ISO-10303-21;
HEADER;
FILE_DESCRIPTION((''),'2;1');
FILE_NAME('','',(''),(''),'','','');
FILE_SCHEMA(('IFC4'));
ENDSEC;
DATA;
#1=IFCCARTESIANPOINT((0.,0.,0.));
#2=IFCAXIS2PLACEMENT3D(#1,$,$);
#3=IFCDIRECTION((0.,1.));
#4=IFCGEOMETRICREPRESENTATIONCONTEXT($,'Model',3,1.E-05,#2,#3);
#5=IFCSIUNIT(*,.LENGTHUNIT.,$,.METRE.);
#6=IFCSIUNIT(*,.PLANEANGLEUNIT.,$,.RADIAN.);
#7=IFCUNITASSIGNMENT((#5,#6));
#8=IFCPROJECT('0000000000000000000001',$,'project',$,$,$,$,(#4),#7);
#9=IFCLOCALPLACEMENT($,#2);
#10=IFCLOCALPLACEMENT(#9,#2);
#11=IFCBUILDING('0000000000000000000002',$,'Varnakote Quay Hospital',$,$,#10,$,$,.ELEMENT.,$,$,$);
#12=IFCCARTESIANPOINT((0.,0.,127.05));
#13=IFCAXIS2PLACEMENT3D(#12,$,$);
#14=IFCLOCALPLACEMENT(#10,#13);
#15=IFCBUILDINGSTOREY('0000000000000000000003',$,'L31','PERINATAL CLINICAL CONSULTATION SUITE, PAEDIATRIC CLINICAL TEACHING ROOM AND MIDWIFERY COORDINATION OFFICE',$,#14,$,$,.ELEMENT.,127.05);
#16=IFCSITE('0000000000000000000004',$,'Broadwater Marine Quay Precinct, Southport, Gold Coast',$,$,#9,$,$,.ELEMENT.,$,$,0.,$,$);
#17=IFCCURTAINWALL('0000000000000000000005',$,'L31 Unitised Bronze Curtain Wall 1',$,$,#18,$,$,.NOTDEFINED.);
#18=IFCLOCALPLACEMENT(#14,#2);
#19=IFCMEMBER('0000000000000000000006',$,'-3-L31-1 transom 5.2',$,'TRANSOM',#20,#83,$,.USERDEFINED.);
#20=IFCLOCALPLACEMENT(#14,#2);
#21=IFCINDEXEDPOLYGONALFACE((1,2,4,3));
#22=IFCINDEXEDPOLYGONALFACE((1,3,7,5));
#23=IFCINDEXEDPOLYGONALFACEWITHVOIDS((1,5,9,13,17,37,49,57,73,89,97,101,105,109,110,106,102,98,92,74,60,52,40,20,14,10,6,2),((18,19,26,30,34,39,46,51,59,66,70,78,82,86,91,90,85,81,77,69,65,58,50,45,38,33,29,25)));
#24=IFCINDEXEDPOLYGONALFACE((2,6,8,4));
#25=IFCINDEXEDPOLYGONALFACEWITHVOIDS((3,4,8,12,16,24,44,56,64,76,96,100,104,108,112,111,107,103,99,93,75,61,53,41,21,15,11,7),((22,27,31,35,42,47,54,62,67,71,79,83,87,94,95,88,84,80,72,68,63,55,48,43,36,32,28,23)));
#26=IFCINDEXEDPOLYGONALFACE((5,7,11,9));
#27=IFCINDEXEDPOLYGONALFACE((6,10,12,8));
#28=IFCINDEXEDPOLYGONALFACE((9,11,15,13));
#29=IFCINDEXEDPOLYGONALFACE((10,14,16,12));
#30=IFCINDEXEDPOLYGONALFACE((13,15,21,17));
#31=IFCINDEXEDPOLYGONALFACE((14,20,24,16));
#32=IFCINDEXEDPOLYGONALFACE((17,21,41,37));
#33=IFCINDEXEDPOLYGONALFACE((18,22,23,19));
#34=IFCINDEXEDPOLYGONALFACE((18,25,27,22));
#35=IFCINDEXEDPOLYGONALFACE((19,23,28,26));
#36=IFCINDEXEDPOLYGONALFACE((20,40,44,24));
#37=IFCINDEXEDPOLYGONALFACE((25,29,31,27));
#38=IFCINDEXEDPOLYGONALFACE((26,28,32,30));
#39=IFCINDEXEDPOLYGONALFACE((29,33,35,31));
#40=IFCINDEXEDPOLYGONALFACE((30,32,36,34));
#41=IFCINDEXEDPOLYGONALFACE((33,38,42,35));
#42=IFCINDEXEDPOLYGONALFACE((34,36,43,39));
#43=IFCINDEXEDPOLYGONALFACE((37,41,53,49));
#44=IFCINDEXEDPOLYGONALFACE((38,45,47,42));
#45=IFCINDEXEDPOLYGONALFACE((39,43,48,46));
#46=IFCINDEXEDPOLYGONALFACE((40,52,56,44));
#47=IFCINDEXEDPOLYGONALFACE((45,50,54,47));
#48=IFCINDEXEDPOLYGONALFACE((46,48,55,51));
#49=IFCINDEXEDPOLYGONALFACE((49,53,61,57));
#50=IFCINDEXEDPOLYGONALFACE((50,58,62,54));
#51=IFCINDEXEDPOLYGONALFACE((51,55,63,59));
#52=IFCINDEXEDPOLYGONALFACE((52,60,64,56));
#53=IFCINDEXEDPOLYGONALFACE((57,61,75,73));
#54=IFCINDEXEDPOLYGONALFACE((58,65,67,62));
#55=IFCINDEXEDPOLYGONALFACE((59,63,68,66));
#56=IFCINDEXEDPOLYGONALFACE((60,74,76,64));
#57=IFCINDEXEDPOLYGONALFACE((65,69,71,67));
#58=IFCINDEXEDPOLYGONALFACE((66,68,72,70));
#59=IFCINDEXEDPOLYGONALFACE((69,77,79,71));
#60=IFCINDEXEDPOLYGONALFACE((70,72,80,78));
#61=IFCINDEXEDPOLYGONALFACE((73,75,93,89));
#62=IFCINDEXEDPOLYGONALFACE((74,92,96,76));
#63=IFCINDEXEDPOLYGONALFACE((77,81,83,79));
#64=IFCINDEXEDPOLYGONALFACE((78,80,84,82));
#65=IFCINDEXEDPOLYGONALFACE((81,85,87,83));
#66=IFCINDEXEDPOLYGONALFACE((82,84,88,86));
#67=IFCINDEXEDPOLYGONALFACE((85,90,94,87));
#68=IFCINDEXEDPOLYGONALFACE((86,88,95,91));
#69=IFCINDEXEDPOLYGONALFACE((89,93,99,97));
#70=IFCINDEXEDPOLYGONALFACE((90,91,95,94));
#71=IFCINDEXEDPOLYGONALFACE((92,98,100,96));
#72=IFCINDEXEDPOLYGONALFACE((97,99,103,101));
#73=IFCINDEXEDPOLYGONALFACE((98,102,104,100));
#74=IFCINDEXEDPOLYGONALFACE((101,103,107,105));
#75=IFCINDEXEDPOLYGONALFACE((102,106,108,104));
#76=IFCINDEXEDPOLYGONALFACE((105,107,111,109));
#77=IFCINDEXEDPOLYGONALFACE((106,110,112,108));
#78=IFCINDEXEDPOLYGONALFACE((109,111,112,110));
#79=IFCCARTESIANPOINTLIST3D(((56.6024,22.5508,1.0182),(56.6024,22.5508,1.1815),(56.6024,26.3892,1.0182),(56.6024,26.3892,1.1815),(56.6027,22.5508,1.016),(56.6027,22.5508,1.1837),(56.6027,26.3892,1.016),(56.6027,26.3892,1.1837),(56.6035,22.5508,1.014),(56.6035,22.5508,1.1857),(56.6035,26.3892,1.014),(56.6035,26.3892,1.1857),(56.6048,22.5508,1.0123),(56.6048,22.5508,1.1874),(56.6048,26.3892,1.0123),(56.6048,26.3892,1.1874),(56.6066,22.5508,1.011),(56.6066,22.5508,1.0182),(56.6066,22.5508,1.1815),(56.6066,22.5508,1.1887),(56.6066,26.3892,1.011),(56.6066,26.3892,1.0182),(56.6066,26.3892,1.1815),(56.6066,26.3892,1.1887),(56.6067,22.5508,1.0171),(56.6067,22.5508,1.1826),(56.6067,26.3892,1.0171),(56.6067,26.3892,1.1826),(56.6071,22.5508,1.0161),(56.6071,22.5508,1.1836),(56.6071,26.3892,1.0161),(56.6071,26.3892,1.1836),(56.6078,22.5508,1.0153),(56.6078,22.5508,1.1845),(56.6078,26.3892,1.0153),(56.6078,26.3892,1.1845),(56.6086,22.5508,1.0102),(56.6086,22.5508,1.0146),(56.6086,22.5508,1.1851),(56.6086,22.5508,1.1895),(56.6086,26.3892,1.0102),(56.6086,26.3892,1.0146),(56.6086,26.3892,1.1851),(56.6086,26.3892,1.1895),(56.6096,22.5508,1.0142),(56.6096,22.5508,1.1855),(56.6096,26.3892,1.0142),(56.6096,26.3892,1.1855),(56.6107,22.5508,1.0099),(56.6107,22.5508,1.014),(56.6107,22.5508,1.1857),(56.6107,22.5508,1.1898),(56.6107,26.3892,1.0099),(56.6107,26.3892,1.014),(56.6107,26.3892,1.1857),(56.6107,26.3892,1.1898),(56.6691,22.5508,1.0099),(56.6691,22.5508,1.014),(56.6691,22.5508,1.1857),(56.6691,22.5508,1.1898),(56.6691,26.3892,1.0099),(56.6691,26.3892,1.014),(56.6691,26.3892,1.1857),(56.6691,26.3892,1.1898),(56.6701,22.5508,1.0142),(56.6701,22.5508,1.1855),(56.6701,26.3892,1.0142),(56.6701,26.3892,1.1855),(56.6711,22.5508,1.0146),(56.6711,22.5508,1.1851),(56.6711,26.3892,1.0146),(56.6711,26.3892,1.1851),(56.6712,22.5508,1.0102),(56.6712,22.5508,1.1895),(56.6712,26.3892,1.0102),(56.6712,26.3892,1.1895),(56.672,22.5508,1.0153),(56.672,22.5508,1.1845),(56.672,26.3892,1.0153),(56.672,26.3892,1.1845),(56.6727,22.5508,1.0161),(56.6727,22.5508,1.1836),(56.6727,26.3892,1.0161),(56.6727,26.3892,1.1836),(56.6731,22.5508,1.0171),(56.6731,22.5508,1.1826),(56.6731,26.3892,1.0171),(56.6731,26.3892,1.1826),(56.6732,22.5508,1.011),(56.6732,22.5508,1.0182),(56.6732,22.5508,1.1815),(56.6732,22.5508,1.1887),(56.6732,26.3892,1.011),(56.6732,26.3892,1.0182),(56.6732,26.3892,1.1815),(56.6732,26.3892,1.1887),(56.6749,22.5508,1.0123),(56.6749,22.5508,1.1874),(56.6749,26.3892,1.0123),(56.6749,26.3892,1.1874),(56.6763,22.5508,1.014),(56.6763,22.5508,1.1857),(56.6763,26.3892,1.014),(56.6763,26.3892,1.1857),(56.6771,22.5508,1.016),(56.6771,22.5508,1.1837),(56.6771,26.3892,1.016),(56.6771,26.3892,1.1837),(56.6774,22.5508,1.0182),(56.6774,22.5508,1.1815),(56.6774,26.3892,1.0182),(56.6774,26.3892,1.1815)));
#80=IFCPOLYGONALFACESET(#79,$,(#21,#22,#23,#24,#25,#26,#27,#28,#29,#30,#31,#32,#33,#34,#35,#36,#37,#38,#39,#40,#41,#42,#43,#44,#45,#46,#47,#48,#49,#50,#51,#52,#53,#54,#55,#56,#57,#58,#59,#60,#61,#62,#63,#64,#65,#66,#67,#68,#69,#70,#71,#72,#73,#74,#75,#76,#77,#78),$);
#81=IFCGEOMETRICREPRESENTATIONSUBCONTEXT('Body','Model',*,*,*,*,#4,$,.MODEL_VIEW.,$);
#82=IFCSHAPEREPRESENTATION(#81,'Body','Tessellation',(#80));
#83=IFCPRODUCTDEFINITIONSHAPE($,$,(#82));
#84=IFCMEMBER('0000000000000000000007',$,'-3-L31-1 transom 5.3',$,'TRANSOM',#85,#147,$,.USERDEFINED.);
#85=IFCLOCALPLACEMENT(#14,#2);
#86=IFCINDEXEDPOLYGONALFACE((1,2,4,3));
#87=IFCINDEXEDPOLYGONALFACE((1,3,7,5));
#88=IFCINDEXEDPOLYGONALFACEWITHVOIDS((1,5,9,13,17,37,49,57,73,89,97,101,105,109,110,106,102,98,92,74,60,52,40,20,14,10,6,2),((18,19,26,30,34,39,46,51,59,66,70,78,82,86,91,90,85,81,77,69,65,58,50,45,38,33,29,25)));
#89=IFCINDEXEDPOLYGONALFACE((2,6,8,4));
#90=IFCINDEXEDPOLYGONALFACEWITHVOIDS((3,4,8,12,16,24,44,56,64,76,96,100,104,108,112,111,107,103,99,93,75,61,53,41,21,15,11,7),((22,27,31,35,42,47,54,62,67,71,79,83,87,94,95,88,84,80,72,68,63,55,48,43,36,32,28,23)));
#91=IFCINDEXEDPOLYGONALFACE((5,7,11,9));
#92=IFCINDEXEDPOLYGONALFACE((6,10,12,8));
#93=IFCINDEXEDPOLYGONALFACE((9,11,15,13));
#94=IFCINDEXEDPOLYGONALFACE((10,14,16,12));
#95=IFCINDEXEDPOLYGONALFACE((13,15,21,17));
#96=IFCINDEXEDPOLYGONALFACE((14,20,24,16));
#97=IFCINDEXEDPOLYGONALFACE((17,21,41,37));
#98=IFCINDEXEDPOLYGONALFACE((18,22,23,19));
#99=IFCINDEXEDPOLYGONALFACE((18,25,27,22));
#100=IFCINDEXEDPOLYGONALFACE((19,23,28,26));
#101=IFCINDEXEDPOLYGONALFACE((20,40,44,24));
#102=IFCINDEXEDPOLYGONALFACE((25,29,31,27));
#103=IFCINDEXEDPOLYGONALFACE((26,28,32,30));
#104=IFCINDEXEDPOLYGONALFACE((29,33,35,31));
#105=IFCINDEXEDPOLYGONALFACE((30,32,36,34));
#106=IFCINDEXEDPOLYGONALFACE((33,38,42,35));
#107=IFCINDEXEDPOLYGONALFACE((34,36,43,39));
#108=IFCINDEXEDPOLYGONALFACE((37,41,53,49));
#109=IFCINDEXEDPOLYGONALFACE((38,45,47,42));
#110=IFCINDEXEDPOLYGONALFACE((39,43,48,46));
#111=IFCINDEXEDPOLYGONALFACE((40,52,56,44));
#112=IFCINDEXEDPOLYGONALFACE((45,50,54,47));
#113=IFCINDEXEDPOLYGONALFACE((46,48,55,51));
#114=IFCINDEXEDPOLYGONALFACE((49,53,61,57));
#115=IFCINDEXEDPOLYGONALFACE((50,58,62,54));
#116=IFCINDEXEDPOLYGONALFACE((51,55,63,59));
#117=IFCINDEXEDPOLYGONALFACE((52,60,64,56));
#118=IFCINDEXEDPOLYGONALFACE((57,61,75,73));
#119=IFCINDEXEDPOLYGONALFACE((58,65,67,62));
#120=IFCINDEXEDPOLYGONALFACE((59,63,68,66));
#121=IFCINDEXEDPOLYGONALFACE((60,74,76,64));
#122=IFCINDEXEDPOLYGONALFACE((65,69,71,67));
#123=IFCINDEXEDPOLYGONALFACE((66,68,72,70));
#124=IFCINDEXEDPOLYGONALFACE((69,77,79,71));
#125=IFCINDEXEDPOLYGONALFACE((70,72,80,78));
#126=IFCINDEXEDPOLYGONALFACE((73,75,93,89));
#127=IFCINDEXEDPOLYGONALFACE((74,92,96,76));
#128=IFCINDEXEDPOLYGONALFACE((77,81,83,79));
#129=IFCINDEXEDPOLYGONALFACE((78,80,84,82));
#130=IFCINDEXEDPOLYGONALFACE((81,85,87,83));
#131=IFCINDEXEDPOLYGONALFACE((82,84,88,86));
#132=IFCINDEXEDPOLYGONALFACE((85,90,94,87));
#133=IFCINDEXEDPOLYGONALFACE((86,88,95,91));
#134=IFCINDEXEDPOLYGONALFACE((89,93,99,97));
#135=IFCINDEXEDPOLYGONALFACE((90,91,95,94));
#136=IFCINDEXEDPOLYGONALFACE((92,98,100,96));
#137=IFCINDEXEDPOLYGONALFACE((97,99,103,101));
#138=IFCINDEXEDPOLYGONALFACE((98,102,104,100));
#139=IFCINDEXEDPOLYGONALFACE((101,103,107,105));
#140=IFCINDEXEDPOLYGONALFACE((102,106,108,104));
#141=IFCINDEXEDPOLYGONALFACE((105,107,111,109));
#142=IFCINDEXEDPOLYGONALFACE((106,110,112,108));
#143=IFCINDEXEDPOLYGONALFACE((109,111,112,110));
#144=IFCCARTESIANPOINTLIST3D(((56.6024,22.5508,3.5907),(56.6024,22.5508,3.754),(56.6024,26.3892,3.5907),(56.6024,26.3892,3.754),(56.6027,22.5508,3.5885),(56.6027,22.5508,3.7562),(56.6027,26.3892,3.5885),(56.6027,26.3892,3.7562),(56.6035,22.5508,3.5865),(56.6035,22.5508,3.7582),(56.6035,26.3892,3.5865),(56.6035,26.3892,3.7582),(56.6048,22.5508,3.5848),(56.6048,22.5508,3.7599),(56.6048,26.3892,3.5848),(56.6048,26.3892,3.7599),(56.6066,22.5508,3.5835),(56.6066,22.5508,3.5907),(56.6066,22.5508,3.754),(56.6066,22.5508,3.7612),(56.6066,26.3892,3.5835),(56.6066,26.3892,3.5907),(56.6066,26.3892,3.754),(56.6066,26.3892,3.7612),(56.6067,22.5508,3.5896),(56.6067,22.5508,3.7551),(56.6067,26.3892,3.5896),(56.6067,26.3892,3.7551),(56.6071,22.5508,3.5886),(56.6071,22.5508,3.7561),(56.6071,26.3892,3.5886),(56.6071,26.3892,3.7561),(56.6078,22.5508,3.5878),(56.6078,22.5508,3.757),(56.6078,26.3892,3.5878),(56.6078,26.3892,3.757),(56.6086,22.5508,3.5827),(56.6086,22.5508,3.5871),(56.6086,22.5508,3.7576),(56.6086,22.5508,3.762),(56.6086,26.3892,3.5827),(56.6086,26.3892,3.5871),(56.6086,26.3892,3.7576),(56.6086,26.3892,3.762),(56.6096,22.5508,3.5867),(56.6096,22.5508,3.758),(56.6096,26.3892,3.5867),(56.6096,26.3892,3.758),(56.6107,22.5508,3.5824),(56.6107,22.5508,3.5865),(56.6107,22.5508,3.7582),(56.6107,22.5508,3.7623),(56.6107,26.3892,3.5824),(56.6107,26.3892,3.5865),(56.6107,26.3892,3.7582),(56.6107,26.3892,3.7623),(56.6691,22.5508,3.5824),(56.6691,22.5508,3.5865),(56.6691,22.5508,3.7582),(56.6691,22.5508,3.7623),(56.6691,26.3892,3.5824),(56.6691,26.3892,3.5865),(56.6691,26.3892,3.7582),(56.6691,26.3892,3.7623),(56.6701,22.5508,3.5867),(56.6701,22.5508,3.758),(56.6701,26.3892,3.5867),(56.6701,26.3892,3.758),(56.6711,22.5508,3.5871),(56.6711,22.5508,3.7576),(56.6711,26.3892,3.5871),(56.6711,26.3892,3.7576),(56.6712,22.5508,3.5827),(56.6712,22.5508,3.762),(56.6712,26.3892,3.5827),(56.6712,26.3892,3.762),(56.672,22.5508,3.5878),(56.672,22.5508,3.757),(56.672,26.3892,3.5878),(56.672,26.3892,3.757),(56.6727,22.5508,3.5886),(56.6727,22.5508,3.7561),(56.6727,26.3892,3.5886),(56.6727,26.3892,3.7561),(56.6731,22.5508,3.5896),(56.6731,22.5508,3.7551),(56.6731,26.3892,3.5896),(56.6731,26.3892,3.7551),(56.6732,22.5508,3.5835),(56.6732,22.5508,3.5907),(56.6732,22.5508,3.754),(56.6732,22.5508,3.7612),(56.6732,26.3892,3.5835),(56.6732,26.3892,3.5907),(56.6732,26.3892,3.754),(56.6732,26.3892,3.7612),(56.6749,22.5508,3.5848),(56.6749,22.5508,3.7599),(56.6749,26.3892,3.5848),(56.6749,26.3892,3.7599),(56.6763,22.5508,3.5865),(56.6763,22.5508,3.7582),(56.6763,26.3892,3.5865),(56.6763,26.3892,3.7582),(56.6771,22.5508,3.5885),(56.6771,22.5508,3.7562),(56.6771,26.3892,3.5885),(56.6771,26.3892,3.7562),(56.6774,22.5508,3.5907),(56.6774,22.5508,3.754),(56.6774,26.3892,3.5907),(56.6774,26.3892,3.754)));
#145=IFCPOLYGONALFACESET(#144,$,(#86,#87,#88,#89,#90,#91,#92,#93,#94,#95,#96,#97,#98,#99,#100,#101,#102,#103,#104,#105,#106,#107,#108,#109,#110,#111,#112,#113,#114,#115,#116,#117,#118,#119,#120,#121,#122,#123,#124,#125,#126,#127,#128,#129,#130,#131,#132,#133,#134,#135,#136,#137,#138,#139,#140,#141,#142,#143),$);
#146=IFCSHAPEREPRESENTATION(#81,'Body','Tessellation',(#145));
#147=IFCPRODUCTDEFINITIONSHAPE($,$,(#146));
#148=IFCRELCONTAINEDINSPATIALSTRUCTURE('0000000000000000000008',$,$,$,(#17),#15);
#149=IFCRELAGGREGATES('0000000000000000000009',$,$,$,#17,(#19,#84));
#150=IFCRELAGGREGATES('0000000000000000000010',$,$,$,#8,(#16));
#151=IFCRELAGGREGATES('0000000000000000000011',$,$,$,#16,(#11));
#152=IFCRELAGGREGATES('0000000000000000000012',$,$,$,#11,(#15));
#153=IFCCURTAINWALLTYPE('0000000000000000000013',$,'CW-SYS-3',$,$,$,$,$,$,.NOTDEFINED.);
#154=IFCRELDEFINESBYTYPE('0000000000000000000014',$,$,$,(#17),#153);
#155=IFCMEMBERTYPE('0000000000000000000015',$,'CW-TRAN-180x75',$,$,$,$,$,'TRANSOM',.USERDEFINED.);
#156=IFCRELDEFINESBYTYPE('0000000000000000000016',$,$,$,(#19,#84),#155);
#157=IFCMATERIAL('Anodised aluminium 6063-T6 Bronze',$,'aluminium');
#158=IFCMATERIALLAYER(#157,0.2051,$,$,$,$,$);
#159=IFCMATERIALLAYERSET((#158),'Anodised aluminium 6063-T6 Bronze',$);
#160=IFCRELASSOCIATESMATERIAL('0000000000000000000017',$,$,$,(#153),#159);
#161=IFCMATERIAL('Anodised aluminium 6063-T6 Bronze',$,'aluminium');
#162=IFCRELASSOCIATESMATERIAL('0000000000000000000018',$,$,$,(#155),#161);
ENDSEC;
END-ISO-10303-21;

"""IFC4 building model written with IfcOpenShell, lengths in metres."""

from ifc_helpers import new_model, si_unit, direction, frame, origin, origin_2d, place, context, subcontext, project, spatial, hollow_rectangle, extrude, material, layer, layer_set, material_profile, profile_set, type_object, element, aggregate, save


model = new_model("IFC4")

# Units and contexts
model_context = context("Model", 3, precision=1e-05, world=origin(), true_north=direction((0.0, 1.0)))
body_context = subcontext(model_context, "Body", "Model", "MODEL_VIEW")
ifc_project = project(units=[si_unit("LENGTHUNIT", "METRE"), si_unit("PLANEANGLEUNIT", "RADIAN")], contexts=[model_context])

# Site, building, storey
site_placement = place(None, origin())
site = spatial("IfcSite", under=ifc_project, at=site_placement, Name="Broadwater Marine Quay Precinct, Southport, Gold Coast", CompositionType="ELEMENT", RefElevation=0.0)
building_placement = place(site_placement, origin())
building = spatial("IfcBuilding", under=site, at=building_placement, Name="Varnakote Quay Hospital", CompositionType="ELEMENT")
storey_placement = place(building_placement, frame((0.0, 0.0, 127.05)))
storey = spatial("IfcBuildingStorey", under=building, at=storey_placement, Name="L31", Description="PERINATAL CLINICAL CONSULTATION SUITE, PAEDIATRIC CLINICAL TEACHING ROOM AND MIDWIFERY COORDINATION OFFICE", CompositionType="ELEMENT", Elevation=127.05)

# Curtain wall, members
ifc_material_1 = material(Name="Anodised aluminium 6063-T6 Bronze", Category="aluminium")
ifc_layer_1 = layer(ifc_material_1, 0.2051)
ifc_layer_set_1 = layer_set([ifc_layer_1], Name="Anodised aluminium 6063-T6 Bronze")
curtain_wall_type = type_object("IfcCurtainWallType", Name="CW-SYS-3", PredefinedType="NOTDEFINED", material=ifc_layer_set_1)
curtain_wall_placement = place(storey_placement, origin())
curtain_wall = element("IfcCurtainWall", 1, at=curtain_wall_placement, inside=storey, type_object=curtain_wall_type, Name="L31 Unitised Bronze Curtain Wall 1", PredefinedType="NOTDEFINED")
ifc_material_2 = material(Name="Anodised aluminium 6063-T6 Bronze", Category="aluminium")
ifc_material_profile_1 = material_profile(ifc_material_2, hollow_rectangle(XDim=0.075, YDim=0.1799, WallThickness=0.0042, InnerFilletRadius=0.0042, OuterFilletRadius=0.0083, at=origin_2d()), Name="CW-TRAN-180x75")
ifc_profile_set_1 = profile_set([ifc_material_profile_1], Name="Anodised aluminium 6063-T6 Bronze")
member_type_1 = type_object("IfcMemberType", Name="CW-TRAN-180x75", ElementType="TRANSOM", PredefinedType="USERDEFINED", material=ifc_profile_set_1)
member_1_placement = place(storey_placement, frame((56.6399, 22.5508, 1.0999), z_axis=(0.0, 1.0, 0.0), x_axis=(-1.0, 0.0, 0.0)))
member_1 = element("IfcMember", 2, at=member_1_placement, type_object=member_type_1, Name="-3-L31-1 transom 5.2", ObjectType="TRANSOM", PredefinedType="USERDEFINED", context=body_context, shape_type="SweptSolid", body=[
    extrude(hollow_rectangle(XDim=0.075, YDim=0.1799, WallThickness=0.0042, InnerFilletRadius=0.0042, OuterFilletRadius=0.0083, at=origin_2d()), origin(), (0.0, 0.0, 1.0), 3.8384),
])
member_2_placement = place(storey_placement, frame((56.6399, 22.5508, 3.6724), z_axis=(0.0, 1.0, 0.0), x_axis=(-1.0, 0.0, 0.0)))
member_2 = element("IfcMember", 3, at=member_2_placement, type_object=member_type_1, Name="-3-L31-1 transom 5.3", ObjectType="TRANSOM", PredefinedType="USERDEFINED", context=body_context, shape_type="SweptSolid", body=[
    extrude(hollow_rectangle(XDim=0.075, YDim=0.1799, WallThickness=0.0042, InnerFilletRadius=0.0042, OuterFilletRadius=0.0083, at=origin_2d()), origin(), (0.0, 0.0, 1.0), 3.8384),
])
aggregate(curtain_wall, [member_1, member_2])

save(model, "model.ifc")
